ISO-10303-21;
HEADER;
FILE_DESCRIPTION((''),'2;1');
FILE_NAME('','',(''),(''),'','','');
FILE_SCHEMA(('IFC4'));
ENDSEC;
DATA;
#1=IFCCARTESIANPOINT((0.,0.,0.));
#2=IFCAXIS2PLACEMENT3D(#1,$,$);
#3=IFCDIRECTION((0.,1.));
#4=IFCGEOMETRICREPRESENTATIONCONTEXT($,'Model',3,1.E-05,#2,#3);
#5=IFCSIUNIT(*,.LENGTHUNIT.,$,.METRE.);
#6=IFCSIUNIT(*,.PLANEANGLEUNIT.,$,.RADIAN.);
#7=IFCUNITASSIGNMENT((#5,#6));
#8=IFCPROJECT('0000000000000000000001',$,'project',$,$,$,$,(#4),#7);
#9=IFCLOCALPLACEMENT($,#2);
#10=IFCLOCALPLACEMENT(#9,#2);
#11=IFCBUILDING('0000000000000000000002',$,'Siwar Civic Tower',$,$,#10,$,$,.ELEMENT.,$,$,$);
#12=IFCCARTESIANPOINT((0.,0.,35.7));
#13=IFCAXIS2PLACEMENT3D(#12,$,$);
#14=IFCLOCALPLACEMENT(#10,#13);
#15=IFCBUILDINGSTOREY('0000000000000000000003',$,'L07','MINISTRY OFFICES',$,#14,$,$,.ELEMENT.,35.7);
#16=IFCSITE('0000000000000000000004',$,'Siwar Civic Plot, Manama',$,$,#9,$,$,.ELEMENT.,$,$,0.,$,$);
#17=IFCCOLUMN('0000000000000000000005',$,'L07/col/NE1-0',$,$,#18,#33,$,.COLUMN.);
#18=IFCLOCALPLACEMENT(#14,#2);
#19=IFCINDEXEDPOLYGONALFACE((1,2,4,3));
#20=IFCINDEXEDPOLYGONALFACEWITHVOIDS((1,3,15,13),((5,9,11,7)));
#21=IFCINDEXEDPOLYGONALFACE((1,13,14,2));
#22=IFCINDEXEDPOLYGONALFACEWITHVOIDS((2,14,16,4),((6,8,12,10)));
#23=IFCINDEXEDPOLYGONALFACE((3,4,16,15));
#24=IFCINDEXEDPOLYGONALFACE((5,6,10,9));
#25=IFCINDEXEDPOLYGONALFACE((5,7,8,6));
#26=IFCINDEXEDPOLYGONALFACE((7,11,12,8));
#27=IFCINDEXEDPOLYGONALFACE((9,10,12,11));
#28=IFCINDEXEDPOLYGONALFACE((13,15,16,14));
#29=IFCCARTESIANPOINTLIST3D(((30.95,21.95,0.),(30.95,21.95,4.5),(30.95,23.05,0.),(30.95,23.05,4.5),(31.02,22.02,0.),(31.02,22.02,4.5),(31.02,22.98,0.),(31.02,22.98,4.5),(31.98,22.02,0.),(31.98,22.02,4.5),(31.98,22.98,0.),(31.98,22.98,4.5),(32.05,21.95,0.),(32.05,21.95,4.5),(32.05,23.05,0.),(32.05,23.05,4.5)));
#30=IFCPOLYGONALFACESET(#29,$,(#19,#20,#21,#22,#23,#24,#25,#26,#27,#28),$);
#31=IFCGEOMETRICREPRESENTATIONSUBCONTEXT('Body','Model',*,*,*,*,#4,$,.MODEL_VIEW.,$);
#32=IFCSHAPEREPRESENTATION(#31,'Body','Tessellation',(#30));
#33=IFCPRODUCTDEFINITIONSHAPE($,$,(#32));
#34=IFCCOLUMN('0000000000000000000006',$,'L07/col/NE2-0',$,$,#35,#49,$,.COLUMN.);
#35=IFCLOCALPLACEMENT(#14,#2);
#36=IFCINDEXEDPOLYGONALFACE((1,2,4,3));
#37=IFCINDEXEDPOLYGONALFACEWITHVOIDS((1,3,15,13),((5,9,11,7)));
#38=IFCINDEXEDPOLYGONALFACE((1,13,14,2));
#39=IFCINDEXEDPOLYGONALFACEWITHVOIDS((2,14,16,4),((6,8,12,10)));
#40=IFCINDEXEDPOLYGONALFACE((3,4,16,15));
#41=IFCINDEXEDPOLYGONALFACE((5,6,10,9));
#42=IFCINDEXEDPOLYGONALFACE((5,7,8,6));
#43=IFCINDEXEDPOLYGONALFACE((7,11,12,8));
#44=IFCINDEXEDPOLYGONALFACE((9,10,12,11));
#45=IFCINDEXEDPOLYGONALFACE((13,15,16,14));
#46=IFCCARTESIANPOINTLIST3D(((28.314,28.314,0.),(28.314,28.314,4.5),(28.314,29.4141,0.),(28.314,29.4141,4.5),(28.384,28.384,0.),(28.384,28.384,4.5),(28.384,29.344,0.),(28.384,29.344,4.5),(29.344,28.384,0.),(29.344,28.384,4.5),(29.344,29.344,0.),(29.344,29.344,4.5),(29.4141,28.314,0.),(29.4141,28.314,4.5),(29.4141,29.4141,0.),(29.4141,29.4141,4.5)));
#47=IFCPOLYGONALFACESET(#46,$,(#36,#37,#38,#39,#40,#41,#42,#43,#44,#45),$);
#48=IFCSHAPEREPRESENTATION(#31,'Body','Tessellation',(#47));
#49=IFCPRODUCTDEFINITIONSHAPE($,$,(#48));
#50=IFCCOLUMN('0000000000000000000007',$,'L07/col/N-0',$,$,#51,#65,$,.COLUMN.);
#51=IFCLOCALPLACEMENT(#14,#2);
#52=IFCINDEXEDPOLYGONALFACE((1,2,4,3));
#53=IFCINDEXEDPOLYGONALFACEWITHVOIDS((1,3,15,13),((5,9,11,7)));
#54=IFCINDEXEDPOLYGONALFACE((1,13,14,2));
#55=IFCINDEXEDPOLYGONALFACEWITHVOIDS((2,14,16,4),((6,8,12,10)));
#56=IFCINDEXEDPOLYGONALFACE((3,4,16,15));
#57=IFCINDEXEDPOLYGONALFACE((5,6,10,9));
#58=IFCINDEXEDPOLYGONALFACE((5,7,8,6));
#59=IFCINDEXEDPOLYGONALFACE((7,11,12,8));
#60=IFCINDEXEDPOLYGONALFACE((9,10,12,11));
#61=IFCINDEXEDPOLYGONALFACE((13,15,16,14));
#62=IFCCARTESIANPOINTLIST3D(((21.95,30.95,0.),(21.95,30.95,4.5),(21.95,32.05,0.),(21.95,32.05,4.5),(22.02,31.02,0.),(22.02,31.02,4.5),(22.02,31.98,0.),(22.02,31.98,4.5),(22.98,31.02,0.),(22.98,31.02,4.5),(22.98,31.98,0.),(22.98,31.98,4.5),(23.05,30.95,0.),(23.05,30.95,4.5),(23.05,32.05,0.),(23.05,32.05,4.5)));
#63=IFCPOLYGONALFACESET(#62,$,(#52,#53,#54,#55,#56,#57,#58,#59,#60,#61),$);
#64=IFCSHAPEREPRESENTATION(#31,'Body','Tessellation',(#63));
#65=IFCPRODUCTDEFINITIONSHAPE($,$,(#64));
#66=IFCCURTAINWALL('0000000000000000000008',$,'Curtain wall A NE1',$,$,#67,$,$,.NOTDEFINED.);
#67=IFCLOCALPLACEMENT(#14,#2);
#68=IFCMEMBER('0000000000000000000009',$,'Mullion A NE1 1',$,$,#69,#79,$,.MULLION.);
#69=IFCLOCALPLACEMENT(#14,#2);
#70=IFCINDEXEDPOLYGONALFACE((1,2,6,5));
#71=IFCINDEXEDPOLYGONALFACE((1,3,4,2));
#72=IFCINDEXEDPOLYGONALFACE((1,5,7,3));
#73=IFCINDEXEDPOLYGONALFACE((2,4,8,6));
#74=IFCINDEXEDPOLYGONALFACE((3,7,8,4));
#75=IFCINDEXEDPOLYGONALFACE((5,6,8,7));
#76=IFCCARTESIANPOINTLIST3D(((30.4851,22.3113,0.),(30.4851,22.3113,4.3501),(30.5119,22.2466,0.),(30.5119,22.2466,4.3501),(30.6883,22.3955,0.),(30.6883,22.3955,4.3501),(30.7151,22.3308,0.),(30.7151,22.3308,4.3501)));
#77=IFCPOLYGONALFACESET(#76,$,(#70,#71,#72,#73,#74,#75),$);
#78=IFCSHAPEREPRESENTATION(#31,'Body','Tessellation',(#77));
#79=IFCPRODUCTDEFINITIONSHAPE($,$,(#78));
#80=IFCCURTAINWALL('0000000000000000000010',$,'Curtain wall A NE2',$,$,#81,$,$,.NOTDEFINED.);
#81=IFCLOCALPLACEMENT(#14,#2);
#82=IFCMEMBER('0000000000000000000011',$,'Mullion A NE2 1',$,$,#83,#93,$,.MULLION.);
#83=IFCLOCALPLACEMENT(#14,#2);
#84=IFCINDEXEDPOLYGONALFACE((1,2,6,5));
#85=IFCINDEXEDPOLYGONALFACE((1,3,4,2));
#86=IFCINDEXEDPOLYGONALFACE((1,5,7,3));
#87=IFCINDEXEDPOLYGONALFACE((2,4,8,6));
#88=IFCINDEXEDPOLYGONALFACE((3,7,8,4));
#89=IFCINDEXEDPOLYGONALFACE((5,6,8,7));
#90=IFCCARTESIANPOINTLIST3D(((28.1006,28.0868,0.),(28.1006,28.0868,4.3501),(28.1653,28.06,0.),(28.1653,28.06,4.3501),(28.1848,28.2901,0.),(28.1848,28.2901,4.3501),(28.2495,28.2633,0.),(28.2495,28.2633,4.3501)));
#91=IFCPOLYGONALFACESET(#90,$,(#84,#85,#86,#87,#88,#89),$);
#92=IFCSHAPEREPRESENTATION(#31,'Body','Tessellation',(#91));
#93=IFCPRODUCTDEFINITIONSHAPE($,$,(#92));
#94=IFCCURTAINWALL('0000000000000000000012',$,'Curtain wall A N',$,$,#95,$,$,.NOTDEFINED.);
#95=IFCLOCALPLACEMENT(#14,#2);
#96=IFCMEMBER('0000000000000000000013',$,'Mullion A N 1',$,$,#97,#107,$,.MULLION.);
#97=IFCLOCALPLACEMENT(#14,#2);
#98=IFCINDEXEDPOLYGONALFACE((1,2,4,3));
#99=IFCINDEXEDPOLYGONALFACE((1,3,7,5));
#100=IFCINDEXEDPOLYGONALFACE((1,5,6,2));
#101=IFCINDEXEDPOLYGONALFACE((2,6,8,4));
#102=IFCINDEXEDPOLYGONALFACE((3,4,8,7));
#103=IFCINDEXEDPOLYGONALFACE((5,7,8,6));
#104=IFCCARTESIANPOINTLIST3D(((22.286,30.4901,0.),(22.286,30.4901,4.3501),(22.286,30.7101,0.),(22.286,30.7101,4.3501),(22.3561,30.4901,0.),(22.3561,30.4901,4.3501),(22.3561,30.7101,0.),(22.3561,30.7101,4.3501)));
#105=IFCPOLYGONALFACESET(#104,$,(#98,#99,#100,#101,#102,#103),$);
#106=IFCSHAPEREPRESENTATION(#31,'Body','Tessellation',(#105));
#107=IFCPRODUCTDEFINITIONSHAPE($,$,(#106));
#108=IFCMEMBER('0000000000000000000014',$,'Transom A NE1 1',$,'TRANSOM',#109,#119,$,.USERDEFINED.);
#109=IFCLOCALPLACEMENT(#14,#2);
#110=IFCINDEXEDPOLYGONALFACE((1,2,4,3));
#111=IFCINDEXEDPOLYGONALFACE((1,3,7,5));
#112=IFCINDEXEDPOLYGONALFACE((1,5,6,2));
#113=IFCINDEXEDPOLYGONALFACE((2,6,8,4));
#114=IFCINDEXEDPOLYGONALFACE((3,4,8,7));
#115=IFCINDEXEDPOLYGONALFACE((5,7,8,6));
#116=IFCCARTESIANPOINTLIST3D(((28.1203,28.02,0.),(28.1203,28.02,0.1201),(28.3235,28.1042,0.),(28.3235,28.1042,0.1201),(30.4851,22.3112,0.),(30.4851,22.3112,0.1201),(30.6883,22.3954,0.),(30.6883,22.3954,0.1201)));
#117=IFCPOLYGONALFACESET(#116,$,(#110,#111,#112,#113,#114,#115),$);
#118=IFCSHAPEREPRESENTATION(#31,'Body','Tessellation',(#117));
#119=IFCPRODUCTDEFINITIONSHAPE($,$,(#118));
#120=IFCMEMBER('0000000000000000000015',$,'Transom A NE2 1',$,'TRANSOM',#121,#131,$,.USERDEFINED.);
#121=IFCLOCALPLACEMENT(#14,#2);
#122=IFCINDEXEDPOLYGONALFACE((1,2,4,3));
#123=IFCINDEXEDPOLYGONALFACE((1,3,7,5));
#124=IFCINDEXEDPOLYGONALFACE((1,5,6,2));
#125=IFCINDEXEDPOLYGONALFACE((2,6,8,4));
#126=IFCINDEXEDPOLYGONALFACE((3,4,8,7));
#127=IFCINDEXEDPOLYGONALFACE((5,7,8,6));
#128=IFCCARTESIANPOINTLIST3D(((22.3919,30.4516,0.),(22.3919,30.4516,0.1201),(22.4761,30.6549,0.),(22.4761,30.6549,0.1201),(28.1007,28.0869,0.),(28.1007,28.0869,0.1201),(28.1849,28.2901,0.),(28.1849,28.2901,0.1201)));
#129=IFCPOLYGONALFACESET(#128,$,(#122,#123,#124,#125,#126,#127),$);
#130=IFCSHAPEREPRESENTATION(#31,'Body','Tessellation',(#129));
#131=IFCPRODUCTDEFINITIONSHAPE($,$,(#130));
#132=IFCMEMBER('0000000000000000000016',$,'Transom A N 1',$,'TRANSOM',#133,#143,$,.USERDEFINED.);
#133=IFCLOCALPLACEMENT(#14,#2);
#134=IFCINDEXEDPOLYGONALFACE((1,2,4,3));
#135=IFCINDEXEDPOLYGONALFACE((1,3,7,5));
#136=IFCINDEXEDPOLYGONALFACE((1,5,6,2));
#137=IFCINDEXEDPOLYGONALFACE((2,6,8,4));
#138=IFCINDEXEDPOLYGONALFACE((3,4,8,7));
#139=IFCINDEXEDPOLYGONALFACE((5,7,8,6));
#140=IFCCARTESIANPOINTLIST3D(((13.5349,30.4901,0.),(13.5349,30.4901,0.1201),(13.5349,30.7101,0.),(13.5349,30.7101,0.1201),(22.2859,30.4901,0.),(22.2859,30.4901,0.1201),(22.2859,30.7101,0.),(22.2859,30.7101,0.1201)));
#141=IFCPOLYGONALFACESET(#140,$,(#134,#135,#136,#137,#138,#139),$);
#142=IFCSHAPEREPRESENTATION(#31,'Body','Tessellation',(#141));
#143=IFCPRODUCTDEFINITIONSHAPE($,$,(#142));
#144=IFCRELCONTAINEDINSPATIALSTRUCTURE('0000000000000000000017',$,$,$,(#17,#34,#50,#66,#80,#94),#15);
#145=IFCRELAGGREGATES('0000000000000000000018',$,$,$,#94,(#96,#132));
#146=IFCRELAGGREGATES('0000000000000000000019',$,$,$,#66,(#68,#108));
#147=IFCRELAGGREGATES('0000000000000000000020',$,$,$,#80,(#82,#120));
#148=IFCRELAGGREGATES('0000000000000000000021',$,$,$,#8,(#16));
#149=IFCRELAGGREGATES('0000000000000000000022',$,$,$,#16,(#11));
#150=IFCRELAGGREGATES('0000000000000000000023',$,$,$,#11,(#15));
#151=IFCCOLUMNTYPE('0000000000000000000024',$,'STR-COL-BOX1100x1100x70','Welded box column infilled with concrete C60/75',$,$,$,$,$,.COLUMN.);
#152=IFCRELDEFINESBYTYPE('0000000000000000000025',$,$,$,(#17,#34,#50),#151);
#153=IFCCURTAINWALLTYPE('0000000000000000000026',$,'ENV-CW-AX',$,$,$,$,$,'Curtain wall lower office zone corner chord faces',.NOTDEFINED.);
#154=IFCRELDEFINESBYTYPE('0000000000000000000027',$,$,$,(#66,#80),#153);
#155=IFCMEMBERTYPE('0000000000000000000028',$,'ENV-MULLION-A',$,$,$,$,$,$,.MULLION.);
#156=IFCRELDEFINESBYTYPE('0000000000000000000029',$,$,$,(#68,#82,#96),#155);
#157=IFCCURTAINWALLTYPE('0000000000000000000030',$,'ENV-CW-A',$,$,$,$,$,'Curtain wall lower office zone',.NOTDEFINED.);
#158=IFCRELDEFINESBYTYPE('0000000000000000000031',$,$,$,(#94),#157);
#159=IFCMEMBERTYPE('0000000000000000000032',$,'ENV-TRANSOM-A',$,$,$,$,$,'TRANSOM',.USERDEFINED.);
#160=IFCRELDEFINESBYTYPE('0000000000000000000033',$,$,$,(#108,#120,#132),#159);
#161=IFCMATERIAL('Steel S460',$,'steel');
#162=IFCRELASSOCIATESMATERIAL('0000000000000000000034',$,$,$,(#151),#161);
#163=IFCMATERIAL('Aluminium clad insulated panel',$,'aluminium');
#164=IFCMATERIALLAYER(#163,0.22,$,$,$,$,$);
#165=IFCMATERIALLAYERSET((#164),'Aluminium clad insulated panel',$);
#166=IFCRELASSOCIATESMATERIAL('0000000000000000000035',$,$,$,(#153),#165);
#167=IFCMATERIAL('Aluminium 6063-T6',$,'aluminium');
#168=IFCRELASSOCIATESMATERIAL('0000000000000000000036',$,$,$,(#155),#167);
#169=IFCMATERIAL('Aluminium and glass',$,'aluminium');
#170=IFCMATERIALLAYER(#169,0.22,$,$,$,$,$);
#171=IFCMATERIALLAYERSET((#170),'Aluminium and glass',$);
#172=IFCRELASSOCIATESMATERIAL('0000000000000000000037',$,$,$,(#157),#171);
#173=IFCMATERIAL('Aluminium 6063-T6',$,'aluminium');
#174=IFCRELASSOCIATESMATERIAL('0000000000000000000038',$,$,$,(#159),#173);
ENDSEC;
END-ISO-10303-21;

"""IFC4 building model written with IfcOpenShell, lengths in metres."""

from ifc_helpers import new_model, si_unit, direction, frame, origin, origin_2d, place, context, subcontext, project, spatial, rectangle, hollow_rectangle, extrude, material, layer, layer_set, material_profile, profile_set, type_object, element, aggregate, save


model = new_model("IFC4")

# Units and contexts
model_context = context("Model", 3, precision=1e-05, world=origin(), true_north=direction((0.0, 1.0)))
body_context = subcontext(model_context, "Body", "Model", "MODEL_VIEW")
ifc_project = project(units=[si_unit("LENGTHUNIT", "METRE"), si_unit("PLANEANGLEUNIT", "RADIAN")], contexts=[model_context])

# Site, building, storey
site_placement = place(None, origin())
site = spatial("IfcSite", under=ifc_project, at=site_placement, Name="Siwar Civic Plot, Manama", CompositionType="ELEMENT", RefElevation=0.0)
building_placement = place(site_placement, origin())
building = spatial("IfcBuilding", under=site, at=building_placement, Name="Siwar Civic Tower", CompositionType="ELEMENT")
storey_placement = place(building_placement, frame((0.0, 0.0, 35.7)))
storey = spatial("IfcBuildingStorey", under=building, at=storey_placement, Name="L07", Description="MINISTRY OFFICES", CompositionType="ELEMENT", Elevation=35.7)

# Columns
ifc_material_1 = material(Name="Steel S460", Category="steel")
ifc_material_profile_1 = material_profile(ifc_material_1, hollow_rectangle(XDim=1.1001, YDim=1.1001, WallThickness=0.0701, at=origin_2d()), Name="BOX1100x1100x70")
ifc_profile_set_1 = profile_set([ifc_material_profile_1], Name="Steel S460")
column_type = type_object("IfcColumnType", Name="STR-COL-BOX1100x1100x70", Description="Welded box column infilled with concrete C60/75", PredefinedType="COLUMN", material=ifc_profile_set_1)
for number, where, z_axis, x_axis, name in (
    (1, (31.5, 22.5, 0.0), (0.0, 0.0, 1.0), (1.0, 0.0, 0.0), "L07/col/NE1-0"),
    (2, (28.864, 28.864, 0.0), (0.0, 0.0, 1.0), (1.0, 0.0, 0.0), "L07/col/NE2-0"),
    (3, (22.5, 31.5, 0.0), (0.0, 0.0, 1.0), (1.0, 0.0, 0.0), "L07/col/N-0"),
):
    element("IfcColumn", number, at=place(storey_placement, frame(where, z_axis=z_axis, x_axis=x_axis)), inside=storey, type_object=column_type, Name=name, PredefinedType="COLUMN", context=body_context, shape_type="SweptSolid", body=[
        extrude(hollow_rectangle(XDim=1.1001, YDim=1.1001, WallThickness=0.0701, at=origin_2d()), origin(), (0.0, 0.0, 1.0), 4.5),
    ])

# Curtain walls, members
ifc_material_2 = material(Name="Aluminium clad insulated panel", Category="aluminium")
ifc_layer_1 = layer(ifc_material_2, 0.22)
ifc_layer_set_1 = layer_set([ifc_layer_1], Name="Aluminium clad insulated panel")
curtain_wall_type_1 = type_object("IfcCurtainWallType", Name="ENV-CW-AX", ElementType="Curtain wall lower office zone corner chord faces", PredefinedType="NOTDEFINED", material=ifc_layer_set_1)
curtain_wall_1_placement = place(storey_placement, origin())
curtain_wall_1 = element("IfcCurtainWall", 4, at=curtain_wall_1_placement, inside=storey, type_object=curtain_wall_type_1, Name="Curtain wall A NE1", PredefinedType="NOTDEFINED")
ifc_material_3 = material(Name="Aluminium 6063-T6", Category="aluminium")
ifc_material_profile_2 = material_profile(ifc_material_3, rectangle(XDim=0.22, YDim=0.0701, at=origin_2d()), Name="AL 220x70")
ifc_profile_set_2 = profile_set([ifc_material_profile_2], Name="Aluminium 6063-T6")
member_type_1 = type_object("IfcMemberType", Name="ENV-MULLION-A", PredefinedType="MULLION", material=ifc_profile_set_2)
member_1_placement = place(storey_placement, frame((30.6001, 22.321, 0.0), z_axis=(0.0, 0.0, 1.0), x_axis=(-0.92388, -0.382683, 0.0)))
member_1 = element("IfcMember", 5, at=member_1_placement, type_object=member_type_1, Name="Mullion A NE1 1", PredefinedType="MULLION", context=body_context, shape_type="SweptSolid", body=[
    extrude(rectangle(XDim=0.22, YDim=0.0701, at=origin_2d()), origin(), (0.0, 0.0, 1.0), 4.3501),
])
curtain_wall_2_placement = place(storey_placement, origin())
curtain_wall_2 = element("IfcCurtainWall", 6, at=curtain_wall_2_placement, inside=storey, type_object=curtain_wall_type_1, Name="Curtain wall A NE2", PredefinedType="NOTDEFINED")
member_2_placement = place(storey_placement, frame((28.175, 28.175, 0.0), z_axis=(0.0, 0.0, 1.0), x_axis=(-0.382683, -0.92388, 0.0)))
member_2 = element("IfcMember", 7, at=member_2_placement, type_object=member_type_1, Name="Mullion A NE2 1", PredefinedType="MULLION", context=body_context, shape_type="SweptSolid", body=[
    extrude(rectangle(XDim=0.22, YDim=0.0701, at=origin_2d()), origin(), (0.0, 0.0, 1.0), 4.3501),
])
ifc_material_4 = material(Name="Aluminium and glass", Category="aluminium")
ifc_layer_2 = layer(ifc_material_4, 0.22)
ifc_layer_set_2 = layer_set([ifc_layer_2], Name="Aluminium and glass")
curtain_wall_type_2 = type_object("IfcCurtainWallType", Name="ENV-CW-A", ElementType="Curtain wall lower office zone", PredefinedType="NOTDEFINED", material=ifc_layer_set_2)
curtain_wall_3_placement = place(storey_placement, origin())
curtain_wall_3 = element("IfcCurtainWall", 8, at=curtain_wall_3_placement, inside=storey, type_object=curtain_wall_type_2, Name="Curtain wall A N", PredefinedType="NOTDEFINED")
member_3_placement = place(storey_placement, frame((22.321, 30.6001, 0.0), z_axis=(0.0, 0.0, 1.0), x_axis=(0.0, -1.0, 0.0)))
member_3 = element("IfcMember", 9, at=member_3_placement, type_object=member_type_1, Name="Mullion A N 1", PredefinedType="MULLION", context=body_context, shape_type="SweptSolid", body=[
    extrude(rectangle(XDim=0.22, YDim=0.0701, at=origin_2d()), origin(), (0.0, 0.0, 1.0), 4.3501),
])

# Members
ifc_material_5 = material(Name="Aluminium 6063-T6", Category="aluminium")
ifc_material_profile_3 = material_profile(ifc_material_5, rectangle(XDim=0.22, YDim=0.1201, at=origin_2d()), Name="AL 220x120")
ifc_profile_set_3 = profile_set([ifc_material_profile_3], Name="Aluminium 6063-T6")
member_type_2 = type_object("IfcMemberType", Name="ENV-TRANSOM-A", ElementType="TRANSOM", PredefinedType="USERDEFINED", material=ifc_profile_set_3)
member_4_placement = place(storey_placement, frame((30.5867, 22.3533, 0.0601), z_axis=(-0.382698, 0.923873, 0.0), x_axis=(-0.923873, -0.382698, 0.0)))
member_4 = element("IfcMember", 10, at=member_4_placement, type_object=member_type_2, Name="Transom A NE1 1", ObjectType="TRANSOM", PredefinedType="USERDEFINED", context=body_context, shape_type="SweptSolid", body=[
    extrude(rectangle(XDim=0.22, YDim=0.1201, at=origin_2d()), origin(), (0.0, 0.0, 1.0), 6.1792),
])
member_5_placement = place(storey_placement, frame((28.1428, 28.1885, 0.0601), z_axis=(-0.923873, 0.382698, 0.0), x_axis=(-0.382698, -0.923873, 0.0)))
member_5 = element("IfcMember", 11, at=member_5_placement, type_object=member_type_2, Name="Transom A NE2 1", ObjectType="TRANSOM", PredefinedType="USERDEFINED", context=body_context, shape_type="SweptSolid", body=[
    extrude(rectangle(XDim=0.22, YDim=0.1201, at=origin_2d()), origin(), (0.0, 0.0, 1.0), 6.1792),
])
member_6_placement = place(storey_placement, frame((22.2859, 30.6001, 0.0601), z_axis=(-1.0, 0.0, 0.0), x_axis=(0.0, -1.0, 0.0)))
member_6 = element("IfcMember", 12, at=member_6_placement, type_object=member_type_2, Name="Transom A N 1", ObjectType="TRANSOM", PredefinedType="USERDEFINED", context=body_context, shape_type="SweptSolid", body=[
    extrude(rectangle(XDim=0.22, YDim=0.1201, at=origin_2d()), origin(), (0.0, 0.0, 1.0), 8.751),
])

aggregate(curtain_wall_3, [member_3, member_6])
aggregate(curtain_wall_1, [member_1, member_4])
aggregate(curtain_wall_2, [member_2, member_5])

save(model, "model.ifc")
